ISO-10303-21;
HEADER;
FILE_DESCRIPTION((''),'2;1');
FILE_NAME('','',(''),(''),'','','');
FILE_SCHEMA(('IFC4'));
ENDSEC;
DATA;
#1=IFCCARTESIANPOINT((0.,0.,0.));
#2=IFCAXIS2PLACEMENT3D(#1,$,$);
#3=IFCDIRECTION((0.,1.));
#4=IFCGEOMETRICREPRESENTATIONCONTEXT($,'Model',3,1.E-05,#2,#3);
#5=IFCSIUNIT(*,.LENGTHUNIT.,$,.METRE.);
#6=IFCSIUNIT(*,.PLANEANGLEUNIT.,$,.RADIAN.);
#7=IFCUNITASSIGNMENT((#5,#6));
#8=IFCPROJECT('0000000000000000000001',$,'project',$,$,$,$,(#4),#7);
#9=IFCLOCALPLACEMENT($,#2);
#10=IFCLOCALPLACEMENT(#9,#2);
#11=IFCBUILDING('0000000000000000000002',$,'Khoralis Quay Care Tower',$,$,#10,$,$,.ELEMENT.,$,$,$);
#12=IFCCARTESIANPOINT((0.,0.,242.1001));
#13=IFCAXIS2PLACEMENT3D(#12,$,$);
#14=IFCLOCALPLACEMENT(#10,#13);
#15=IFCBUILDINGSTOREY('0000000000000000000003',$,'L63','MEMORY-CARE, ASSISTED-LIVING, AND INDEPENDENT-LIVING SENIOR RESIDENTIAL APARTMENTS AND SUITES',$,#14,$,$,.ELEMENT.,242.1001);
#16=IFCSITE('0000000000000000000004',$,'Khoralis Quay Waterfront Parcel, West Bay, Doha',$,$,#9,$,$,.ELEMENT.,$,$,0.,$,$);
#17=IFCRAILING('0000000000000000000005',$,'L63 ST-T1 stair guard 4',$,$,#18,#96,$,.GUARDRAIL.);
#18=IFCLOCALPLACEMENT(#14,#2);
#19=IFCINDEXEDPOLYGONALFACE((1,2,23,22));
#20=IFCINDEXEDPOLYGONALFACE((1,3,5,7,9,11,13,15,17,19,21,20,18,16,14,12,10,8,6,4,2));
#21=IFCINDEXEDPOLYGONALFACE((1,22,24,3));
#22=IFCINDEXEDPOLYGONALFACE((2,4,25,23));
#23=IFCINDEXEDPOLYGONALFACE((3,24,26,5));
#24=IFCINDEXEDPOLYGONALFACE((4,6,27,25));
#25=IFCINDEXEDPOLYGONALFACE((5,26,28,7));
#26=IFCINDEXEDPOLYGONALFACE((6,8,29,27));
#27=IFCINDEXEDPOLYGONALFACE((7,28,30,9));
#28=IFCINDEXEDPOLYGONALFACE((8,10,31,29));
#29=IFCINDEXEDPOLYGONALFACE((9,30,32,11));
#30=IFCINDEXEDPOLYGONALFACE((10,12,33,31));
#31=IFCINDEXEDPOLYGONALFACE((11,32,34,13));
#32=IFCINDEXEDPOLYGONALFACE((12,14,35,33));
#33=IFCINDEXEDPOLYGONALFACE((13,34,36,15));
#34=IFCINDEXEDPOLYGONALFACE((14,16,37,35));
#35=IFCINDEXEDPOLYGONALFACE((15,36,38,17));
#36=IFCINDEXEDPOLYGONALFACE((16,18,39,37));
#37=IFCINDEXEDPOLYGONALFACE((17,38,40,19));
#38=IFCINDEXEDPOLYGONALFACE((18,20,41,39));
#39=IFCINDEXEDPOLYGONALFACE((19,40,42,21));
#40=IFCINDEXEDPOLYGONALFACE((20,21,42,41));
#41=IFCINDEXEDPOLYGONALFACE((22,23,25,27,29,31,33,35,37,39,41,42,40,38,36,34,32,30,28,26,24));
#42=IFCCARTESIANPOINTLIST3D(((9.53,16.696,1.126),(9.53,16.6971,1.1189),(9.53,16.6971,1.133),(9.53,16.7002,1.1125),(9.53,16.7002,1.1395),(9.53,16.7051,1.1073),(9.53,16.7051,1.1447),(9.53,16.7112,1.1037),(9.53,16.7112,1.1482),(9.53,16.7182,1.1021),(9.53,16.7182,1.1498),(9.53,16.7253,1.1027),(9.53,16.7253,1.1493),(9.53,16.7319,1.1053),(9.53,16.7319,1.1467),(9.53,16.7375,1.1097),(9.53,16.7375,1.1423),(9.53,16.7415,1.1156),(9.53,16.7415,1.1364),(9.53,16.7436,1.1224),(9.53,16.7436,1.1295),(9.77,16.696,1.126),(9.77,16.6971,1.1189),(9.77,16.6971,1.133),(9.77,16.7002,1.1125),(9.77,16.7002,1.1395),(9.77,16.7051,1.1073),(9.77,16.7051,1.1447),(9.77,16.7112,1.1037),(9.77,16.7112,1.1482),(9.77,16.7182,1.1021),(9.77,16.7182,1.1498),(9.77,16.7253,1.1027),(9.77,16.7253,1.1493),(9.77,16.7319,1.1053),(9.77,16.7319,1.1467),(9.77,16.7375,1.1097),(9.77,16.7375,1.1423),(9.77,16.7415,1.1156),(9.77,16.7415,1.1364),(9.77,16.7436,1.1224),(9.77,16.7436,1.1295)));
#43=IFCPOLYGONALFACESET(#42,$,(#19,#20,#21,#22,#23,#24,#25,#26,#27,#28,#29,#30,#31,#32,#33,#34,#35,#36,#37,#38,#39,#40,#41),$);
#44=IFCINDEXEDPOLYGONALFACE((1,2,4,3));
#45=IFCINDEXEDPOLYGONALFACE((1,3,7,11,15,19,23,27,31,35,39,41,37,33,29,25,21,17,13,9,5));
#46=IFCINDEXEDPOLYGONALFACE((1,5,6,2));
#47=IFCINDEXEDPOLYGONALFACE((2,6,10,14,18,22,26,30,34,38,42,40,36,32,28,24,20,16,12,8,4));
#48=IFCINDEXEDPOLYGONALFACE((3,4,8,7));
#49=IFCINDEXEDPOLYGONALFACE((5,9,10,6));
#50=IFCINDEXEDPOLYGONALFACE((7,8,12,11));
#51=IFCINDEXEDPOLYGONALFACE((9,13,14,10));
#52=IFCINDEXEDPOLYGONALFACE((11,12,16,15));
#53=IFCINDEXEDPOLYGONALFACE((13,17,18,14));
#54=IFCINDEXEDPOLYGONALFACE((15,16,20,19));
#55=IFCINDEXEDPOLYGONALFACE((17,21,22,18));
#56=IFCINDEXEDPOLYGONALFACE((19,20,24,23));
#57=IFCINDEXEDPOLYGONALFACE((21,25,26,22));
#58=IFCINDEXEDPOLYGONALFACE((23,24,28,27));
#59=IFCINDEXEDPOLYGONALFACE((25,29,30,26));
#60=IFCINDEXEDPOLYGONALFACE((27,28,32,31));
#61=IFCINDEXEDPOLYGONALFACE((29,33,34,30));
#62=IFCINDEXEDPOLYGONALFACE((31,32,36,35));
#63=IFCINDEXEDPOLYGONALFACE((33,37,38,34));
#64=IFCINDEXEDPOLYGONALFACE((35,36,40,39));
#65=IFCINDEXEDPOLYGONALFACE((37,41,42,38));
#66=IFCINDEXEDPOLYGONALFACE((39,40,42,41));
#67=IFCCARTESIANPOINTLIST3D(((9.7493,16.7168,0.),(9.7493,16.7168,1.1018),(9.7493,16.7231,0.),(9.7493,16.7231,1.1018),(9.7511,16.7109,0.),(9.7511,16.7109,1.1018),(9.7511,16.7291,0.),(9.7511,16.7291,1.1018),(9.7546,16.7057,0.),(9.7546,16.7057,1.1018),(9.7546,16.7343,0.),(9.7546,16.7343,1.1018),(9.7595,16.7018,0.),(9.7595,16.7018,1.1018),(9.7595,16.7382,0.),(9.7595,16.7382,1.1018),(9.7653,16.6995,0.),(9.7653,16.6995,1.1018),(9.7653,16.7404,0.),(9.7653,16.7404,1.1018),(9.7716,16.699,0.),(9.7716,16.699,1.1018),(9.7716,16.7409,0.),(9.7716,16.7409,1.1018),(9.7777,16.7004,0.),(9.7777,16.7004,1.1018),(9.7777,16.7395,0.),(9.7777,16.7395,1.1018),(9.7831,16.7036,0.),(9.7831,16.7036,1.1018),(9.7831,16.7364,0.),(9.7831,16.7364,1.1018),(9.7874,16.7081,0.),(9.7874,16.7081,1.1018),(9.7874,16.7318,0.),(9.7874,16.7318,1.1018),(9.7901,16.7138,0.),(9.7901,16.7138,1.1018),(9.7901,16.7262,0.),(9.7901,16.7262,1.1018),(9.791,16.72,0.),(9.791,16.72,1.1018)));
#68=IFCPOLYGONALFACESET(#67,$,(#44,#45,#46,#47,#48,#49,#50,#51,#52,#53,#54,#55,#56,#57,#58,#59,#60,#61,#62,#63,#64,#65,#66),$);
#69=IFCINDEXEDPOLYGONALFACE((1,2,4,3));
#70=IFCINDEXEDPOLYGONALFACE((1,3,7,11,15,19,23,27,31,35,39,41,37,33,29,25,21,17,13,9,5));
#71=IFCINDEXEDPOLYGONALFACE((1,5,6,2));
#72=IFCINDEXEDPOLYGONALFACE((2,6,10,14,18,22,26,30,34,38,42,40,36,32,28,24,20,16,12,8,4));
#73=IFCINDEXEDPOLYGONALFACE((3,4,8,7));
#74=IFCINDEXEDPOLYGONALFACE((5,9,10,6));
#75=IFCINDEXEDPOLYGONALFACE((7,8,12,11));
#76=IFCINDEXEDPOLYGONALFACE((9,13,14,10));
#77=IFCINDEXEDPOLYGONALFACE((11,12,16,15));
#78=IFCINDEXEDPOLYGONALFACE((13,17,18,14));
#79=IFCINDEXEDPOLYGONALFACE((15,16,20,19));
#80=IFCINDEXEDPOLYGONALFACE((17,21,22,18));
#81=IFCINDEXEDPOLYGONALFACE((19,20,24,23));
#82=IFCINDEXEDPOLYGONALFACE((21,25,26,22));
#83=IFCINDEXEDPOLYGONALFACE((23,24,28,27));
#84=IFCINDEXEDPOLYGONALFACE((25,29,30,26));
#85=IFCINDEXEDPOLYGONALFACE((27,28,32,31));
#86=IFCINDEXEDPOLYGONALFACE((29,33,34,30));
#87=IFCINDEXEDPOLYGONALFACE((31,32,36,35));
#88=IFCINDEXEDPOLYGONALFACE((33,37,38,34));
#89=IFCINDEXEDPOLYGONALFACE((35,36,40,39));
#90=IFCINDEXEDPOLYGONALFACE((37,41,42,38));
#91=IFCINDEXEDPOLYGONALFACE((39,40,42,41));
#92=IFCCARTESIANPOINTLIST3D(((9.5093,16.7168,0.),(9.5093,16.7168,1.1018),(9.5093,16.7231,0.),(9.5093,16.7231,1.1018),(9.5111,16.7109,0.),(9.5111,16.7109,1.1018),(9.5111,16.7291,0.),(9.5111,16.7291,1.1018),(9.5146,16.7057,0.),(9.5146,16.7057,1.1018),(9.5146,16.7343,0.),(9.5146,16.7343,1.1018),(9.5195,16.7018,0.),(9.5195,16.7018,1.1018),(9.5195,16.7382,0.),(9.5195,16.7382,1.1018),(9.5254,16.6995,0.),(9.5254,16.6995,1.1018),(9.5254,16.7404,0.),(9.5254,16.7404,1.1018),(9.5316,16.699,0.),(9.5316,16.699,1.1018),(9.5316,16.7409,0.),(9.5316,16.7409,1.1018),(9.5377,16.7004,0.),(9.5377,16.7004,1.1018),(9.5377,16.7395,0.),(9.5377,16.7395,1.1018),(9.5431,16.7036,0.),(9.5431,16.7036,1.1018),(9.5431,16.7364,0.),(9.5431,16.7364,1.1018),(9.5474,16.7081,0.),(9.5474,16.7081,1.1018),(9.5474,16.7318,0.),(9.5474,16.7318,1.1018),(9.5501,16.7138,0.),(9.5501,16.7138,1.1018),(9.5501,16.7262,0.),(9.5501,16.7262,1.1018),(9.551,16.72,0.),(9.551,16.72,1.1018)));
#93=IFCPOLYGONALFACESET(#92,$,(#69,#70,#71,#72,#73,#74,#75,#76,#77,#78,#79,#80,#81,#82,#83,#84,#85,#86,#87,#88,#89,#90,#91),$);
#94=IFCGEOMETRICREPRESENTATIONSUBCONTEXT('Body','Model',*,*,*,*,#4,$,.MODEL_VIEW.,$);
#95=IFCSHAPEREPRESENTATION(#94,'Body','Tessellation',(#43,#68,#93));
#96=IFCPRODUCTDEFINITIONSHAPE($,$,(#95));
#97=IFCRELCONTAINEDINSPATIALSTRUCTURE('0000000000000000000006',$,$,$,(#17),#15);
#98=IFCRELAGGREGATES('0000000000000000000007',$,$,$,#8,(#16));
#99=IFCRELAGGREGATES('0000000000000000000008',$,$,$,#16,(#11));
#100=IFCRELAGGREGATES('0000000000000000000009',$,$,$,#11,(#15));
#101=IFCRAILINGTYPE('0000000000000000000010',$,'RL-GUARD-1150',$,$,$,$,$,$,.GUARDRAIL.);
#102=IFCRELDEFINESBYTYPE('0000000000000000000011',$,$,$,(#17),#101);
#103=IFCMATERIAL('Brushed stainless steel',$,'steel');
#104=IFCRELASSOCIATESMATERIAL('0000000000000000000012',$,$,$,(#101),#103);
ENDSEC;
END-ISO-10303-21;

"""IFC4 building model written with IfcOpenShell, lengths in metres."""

from ifc_helpers import new_model, si_unit, direction, frame, origin, origin_2d, place, context, subcontext, project, spatial, circle, extrude, material, type_object, element, save


model = new_model("IFC4")

# Units and contexts
model_context = context("Model", 3, precision=1e-05, world=origin(), true_north=direction((0.0, 1.0)))
body_context = subcontext(model_context, "Body", "Model", "MODEL_VIEW")
ifc_project = project(units=[si_unit("LENGTHUNIT", "METRE"), si_unit("PLANEANGLEUNIT", "RADIAN")], contexts=[model_context])

# Site, building, storey
site_placement = place(None, origin())
site = spatial("IfcSite", under=ifc_project, at=site_placement, Name="Khoralis Quay Waterfront Parcel, West Bay, Doha", CompositionType="ELEMENT", RefElevation=0.0)
building_placement = place(site_placement, origin())
building = spatial("IfcBuilding", under=site, at=building_placement, Name="Khoralis Quay Care Tower", CompositionType="ELEMENT")
storey_placement = place(building_placement, frame((0.0, 0.0, 242.1001)))
storey = spatial("IfcBuildingStorey", under=building, at=storey_placement, Name="L63", Description="MEMORY-CARE, ASSISTED-LIVING, AND INDEPENDENT-LIVING SENIOR RESIDENTIAL APARTMENTS AND SUITES", CompositionType="ELEMENT", Elevation=242.1001)

# Shared definitions
ifc_material_1 = material(Name="Brushed stainless steel", Category="steel")

# Railing
railing_type_1 = type_object("IfcRailingType", Name="RL-GUARD-1150", PredefinedType="GUARDRAIL", material=ifc_material_1)
railing_1_placement = place(storey_placement, frame((9.77, 16.72, 0.0)))
element("IfcRailing", 1, at=railing_1_placement, inside=storey, type_object=railing_type_1, Name="L63 ST-T1 stair guard 4", PredefinedType="GUARDRAIL", context=body_context, shape_type="SweptSolid", body=[
    extrude(circle(Radius=0.0239, at=origin_2d()), frame((0.0, 0.0, 1.126), z_axis=(-1.0, 0.0, 0.0), x_axis=(0.0, -1.0, 0.0)), (0.0, 0.0, 1.0), 0.24),
    extrude(circle(Radius=0.021, at=origin_2d()), origin(), (0.0, 0.0, 1.0), 1.1018),
    extrude(circle(Radius=0.021, at=origin_2d()), frame((-0.24, 0.0, 0.0)), (0.0, 0.0, 1.0), 1.1018),
])

save(model, "model.ifc")
